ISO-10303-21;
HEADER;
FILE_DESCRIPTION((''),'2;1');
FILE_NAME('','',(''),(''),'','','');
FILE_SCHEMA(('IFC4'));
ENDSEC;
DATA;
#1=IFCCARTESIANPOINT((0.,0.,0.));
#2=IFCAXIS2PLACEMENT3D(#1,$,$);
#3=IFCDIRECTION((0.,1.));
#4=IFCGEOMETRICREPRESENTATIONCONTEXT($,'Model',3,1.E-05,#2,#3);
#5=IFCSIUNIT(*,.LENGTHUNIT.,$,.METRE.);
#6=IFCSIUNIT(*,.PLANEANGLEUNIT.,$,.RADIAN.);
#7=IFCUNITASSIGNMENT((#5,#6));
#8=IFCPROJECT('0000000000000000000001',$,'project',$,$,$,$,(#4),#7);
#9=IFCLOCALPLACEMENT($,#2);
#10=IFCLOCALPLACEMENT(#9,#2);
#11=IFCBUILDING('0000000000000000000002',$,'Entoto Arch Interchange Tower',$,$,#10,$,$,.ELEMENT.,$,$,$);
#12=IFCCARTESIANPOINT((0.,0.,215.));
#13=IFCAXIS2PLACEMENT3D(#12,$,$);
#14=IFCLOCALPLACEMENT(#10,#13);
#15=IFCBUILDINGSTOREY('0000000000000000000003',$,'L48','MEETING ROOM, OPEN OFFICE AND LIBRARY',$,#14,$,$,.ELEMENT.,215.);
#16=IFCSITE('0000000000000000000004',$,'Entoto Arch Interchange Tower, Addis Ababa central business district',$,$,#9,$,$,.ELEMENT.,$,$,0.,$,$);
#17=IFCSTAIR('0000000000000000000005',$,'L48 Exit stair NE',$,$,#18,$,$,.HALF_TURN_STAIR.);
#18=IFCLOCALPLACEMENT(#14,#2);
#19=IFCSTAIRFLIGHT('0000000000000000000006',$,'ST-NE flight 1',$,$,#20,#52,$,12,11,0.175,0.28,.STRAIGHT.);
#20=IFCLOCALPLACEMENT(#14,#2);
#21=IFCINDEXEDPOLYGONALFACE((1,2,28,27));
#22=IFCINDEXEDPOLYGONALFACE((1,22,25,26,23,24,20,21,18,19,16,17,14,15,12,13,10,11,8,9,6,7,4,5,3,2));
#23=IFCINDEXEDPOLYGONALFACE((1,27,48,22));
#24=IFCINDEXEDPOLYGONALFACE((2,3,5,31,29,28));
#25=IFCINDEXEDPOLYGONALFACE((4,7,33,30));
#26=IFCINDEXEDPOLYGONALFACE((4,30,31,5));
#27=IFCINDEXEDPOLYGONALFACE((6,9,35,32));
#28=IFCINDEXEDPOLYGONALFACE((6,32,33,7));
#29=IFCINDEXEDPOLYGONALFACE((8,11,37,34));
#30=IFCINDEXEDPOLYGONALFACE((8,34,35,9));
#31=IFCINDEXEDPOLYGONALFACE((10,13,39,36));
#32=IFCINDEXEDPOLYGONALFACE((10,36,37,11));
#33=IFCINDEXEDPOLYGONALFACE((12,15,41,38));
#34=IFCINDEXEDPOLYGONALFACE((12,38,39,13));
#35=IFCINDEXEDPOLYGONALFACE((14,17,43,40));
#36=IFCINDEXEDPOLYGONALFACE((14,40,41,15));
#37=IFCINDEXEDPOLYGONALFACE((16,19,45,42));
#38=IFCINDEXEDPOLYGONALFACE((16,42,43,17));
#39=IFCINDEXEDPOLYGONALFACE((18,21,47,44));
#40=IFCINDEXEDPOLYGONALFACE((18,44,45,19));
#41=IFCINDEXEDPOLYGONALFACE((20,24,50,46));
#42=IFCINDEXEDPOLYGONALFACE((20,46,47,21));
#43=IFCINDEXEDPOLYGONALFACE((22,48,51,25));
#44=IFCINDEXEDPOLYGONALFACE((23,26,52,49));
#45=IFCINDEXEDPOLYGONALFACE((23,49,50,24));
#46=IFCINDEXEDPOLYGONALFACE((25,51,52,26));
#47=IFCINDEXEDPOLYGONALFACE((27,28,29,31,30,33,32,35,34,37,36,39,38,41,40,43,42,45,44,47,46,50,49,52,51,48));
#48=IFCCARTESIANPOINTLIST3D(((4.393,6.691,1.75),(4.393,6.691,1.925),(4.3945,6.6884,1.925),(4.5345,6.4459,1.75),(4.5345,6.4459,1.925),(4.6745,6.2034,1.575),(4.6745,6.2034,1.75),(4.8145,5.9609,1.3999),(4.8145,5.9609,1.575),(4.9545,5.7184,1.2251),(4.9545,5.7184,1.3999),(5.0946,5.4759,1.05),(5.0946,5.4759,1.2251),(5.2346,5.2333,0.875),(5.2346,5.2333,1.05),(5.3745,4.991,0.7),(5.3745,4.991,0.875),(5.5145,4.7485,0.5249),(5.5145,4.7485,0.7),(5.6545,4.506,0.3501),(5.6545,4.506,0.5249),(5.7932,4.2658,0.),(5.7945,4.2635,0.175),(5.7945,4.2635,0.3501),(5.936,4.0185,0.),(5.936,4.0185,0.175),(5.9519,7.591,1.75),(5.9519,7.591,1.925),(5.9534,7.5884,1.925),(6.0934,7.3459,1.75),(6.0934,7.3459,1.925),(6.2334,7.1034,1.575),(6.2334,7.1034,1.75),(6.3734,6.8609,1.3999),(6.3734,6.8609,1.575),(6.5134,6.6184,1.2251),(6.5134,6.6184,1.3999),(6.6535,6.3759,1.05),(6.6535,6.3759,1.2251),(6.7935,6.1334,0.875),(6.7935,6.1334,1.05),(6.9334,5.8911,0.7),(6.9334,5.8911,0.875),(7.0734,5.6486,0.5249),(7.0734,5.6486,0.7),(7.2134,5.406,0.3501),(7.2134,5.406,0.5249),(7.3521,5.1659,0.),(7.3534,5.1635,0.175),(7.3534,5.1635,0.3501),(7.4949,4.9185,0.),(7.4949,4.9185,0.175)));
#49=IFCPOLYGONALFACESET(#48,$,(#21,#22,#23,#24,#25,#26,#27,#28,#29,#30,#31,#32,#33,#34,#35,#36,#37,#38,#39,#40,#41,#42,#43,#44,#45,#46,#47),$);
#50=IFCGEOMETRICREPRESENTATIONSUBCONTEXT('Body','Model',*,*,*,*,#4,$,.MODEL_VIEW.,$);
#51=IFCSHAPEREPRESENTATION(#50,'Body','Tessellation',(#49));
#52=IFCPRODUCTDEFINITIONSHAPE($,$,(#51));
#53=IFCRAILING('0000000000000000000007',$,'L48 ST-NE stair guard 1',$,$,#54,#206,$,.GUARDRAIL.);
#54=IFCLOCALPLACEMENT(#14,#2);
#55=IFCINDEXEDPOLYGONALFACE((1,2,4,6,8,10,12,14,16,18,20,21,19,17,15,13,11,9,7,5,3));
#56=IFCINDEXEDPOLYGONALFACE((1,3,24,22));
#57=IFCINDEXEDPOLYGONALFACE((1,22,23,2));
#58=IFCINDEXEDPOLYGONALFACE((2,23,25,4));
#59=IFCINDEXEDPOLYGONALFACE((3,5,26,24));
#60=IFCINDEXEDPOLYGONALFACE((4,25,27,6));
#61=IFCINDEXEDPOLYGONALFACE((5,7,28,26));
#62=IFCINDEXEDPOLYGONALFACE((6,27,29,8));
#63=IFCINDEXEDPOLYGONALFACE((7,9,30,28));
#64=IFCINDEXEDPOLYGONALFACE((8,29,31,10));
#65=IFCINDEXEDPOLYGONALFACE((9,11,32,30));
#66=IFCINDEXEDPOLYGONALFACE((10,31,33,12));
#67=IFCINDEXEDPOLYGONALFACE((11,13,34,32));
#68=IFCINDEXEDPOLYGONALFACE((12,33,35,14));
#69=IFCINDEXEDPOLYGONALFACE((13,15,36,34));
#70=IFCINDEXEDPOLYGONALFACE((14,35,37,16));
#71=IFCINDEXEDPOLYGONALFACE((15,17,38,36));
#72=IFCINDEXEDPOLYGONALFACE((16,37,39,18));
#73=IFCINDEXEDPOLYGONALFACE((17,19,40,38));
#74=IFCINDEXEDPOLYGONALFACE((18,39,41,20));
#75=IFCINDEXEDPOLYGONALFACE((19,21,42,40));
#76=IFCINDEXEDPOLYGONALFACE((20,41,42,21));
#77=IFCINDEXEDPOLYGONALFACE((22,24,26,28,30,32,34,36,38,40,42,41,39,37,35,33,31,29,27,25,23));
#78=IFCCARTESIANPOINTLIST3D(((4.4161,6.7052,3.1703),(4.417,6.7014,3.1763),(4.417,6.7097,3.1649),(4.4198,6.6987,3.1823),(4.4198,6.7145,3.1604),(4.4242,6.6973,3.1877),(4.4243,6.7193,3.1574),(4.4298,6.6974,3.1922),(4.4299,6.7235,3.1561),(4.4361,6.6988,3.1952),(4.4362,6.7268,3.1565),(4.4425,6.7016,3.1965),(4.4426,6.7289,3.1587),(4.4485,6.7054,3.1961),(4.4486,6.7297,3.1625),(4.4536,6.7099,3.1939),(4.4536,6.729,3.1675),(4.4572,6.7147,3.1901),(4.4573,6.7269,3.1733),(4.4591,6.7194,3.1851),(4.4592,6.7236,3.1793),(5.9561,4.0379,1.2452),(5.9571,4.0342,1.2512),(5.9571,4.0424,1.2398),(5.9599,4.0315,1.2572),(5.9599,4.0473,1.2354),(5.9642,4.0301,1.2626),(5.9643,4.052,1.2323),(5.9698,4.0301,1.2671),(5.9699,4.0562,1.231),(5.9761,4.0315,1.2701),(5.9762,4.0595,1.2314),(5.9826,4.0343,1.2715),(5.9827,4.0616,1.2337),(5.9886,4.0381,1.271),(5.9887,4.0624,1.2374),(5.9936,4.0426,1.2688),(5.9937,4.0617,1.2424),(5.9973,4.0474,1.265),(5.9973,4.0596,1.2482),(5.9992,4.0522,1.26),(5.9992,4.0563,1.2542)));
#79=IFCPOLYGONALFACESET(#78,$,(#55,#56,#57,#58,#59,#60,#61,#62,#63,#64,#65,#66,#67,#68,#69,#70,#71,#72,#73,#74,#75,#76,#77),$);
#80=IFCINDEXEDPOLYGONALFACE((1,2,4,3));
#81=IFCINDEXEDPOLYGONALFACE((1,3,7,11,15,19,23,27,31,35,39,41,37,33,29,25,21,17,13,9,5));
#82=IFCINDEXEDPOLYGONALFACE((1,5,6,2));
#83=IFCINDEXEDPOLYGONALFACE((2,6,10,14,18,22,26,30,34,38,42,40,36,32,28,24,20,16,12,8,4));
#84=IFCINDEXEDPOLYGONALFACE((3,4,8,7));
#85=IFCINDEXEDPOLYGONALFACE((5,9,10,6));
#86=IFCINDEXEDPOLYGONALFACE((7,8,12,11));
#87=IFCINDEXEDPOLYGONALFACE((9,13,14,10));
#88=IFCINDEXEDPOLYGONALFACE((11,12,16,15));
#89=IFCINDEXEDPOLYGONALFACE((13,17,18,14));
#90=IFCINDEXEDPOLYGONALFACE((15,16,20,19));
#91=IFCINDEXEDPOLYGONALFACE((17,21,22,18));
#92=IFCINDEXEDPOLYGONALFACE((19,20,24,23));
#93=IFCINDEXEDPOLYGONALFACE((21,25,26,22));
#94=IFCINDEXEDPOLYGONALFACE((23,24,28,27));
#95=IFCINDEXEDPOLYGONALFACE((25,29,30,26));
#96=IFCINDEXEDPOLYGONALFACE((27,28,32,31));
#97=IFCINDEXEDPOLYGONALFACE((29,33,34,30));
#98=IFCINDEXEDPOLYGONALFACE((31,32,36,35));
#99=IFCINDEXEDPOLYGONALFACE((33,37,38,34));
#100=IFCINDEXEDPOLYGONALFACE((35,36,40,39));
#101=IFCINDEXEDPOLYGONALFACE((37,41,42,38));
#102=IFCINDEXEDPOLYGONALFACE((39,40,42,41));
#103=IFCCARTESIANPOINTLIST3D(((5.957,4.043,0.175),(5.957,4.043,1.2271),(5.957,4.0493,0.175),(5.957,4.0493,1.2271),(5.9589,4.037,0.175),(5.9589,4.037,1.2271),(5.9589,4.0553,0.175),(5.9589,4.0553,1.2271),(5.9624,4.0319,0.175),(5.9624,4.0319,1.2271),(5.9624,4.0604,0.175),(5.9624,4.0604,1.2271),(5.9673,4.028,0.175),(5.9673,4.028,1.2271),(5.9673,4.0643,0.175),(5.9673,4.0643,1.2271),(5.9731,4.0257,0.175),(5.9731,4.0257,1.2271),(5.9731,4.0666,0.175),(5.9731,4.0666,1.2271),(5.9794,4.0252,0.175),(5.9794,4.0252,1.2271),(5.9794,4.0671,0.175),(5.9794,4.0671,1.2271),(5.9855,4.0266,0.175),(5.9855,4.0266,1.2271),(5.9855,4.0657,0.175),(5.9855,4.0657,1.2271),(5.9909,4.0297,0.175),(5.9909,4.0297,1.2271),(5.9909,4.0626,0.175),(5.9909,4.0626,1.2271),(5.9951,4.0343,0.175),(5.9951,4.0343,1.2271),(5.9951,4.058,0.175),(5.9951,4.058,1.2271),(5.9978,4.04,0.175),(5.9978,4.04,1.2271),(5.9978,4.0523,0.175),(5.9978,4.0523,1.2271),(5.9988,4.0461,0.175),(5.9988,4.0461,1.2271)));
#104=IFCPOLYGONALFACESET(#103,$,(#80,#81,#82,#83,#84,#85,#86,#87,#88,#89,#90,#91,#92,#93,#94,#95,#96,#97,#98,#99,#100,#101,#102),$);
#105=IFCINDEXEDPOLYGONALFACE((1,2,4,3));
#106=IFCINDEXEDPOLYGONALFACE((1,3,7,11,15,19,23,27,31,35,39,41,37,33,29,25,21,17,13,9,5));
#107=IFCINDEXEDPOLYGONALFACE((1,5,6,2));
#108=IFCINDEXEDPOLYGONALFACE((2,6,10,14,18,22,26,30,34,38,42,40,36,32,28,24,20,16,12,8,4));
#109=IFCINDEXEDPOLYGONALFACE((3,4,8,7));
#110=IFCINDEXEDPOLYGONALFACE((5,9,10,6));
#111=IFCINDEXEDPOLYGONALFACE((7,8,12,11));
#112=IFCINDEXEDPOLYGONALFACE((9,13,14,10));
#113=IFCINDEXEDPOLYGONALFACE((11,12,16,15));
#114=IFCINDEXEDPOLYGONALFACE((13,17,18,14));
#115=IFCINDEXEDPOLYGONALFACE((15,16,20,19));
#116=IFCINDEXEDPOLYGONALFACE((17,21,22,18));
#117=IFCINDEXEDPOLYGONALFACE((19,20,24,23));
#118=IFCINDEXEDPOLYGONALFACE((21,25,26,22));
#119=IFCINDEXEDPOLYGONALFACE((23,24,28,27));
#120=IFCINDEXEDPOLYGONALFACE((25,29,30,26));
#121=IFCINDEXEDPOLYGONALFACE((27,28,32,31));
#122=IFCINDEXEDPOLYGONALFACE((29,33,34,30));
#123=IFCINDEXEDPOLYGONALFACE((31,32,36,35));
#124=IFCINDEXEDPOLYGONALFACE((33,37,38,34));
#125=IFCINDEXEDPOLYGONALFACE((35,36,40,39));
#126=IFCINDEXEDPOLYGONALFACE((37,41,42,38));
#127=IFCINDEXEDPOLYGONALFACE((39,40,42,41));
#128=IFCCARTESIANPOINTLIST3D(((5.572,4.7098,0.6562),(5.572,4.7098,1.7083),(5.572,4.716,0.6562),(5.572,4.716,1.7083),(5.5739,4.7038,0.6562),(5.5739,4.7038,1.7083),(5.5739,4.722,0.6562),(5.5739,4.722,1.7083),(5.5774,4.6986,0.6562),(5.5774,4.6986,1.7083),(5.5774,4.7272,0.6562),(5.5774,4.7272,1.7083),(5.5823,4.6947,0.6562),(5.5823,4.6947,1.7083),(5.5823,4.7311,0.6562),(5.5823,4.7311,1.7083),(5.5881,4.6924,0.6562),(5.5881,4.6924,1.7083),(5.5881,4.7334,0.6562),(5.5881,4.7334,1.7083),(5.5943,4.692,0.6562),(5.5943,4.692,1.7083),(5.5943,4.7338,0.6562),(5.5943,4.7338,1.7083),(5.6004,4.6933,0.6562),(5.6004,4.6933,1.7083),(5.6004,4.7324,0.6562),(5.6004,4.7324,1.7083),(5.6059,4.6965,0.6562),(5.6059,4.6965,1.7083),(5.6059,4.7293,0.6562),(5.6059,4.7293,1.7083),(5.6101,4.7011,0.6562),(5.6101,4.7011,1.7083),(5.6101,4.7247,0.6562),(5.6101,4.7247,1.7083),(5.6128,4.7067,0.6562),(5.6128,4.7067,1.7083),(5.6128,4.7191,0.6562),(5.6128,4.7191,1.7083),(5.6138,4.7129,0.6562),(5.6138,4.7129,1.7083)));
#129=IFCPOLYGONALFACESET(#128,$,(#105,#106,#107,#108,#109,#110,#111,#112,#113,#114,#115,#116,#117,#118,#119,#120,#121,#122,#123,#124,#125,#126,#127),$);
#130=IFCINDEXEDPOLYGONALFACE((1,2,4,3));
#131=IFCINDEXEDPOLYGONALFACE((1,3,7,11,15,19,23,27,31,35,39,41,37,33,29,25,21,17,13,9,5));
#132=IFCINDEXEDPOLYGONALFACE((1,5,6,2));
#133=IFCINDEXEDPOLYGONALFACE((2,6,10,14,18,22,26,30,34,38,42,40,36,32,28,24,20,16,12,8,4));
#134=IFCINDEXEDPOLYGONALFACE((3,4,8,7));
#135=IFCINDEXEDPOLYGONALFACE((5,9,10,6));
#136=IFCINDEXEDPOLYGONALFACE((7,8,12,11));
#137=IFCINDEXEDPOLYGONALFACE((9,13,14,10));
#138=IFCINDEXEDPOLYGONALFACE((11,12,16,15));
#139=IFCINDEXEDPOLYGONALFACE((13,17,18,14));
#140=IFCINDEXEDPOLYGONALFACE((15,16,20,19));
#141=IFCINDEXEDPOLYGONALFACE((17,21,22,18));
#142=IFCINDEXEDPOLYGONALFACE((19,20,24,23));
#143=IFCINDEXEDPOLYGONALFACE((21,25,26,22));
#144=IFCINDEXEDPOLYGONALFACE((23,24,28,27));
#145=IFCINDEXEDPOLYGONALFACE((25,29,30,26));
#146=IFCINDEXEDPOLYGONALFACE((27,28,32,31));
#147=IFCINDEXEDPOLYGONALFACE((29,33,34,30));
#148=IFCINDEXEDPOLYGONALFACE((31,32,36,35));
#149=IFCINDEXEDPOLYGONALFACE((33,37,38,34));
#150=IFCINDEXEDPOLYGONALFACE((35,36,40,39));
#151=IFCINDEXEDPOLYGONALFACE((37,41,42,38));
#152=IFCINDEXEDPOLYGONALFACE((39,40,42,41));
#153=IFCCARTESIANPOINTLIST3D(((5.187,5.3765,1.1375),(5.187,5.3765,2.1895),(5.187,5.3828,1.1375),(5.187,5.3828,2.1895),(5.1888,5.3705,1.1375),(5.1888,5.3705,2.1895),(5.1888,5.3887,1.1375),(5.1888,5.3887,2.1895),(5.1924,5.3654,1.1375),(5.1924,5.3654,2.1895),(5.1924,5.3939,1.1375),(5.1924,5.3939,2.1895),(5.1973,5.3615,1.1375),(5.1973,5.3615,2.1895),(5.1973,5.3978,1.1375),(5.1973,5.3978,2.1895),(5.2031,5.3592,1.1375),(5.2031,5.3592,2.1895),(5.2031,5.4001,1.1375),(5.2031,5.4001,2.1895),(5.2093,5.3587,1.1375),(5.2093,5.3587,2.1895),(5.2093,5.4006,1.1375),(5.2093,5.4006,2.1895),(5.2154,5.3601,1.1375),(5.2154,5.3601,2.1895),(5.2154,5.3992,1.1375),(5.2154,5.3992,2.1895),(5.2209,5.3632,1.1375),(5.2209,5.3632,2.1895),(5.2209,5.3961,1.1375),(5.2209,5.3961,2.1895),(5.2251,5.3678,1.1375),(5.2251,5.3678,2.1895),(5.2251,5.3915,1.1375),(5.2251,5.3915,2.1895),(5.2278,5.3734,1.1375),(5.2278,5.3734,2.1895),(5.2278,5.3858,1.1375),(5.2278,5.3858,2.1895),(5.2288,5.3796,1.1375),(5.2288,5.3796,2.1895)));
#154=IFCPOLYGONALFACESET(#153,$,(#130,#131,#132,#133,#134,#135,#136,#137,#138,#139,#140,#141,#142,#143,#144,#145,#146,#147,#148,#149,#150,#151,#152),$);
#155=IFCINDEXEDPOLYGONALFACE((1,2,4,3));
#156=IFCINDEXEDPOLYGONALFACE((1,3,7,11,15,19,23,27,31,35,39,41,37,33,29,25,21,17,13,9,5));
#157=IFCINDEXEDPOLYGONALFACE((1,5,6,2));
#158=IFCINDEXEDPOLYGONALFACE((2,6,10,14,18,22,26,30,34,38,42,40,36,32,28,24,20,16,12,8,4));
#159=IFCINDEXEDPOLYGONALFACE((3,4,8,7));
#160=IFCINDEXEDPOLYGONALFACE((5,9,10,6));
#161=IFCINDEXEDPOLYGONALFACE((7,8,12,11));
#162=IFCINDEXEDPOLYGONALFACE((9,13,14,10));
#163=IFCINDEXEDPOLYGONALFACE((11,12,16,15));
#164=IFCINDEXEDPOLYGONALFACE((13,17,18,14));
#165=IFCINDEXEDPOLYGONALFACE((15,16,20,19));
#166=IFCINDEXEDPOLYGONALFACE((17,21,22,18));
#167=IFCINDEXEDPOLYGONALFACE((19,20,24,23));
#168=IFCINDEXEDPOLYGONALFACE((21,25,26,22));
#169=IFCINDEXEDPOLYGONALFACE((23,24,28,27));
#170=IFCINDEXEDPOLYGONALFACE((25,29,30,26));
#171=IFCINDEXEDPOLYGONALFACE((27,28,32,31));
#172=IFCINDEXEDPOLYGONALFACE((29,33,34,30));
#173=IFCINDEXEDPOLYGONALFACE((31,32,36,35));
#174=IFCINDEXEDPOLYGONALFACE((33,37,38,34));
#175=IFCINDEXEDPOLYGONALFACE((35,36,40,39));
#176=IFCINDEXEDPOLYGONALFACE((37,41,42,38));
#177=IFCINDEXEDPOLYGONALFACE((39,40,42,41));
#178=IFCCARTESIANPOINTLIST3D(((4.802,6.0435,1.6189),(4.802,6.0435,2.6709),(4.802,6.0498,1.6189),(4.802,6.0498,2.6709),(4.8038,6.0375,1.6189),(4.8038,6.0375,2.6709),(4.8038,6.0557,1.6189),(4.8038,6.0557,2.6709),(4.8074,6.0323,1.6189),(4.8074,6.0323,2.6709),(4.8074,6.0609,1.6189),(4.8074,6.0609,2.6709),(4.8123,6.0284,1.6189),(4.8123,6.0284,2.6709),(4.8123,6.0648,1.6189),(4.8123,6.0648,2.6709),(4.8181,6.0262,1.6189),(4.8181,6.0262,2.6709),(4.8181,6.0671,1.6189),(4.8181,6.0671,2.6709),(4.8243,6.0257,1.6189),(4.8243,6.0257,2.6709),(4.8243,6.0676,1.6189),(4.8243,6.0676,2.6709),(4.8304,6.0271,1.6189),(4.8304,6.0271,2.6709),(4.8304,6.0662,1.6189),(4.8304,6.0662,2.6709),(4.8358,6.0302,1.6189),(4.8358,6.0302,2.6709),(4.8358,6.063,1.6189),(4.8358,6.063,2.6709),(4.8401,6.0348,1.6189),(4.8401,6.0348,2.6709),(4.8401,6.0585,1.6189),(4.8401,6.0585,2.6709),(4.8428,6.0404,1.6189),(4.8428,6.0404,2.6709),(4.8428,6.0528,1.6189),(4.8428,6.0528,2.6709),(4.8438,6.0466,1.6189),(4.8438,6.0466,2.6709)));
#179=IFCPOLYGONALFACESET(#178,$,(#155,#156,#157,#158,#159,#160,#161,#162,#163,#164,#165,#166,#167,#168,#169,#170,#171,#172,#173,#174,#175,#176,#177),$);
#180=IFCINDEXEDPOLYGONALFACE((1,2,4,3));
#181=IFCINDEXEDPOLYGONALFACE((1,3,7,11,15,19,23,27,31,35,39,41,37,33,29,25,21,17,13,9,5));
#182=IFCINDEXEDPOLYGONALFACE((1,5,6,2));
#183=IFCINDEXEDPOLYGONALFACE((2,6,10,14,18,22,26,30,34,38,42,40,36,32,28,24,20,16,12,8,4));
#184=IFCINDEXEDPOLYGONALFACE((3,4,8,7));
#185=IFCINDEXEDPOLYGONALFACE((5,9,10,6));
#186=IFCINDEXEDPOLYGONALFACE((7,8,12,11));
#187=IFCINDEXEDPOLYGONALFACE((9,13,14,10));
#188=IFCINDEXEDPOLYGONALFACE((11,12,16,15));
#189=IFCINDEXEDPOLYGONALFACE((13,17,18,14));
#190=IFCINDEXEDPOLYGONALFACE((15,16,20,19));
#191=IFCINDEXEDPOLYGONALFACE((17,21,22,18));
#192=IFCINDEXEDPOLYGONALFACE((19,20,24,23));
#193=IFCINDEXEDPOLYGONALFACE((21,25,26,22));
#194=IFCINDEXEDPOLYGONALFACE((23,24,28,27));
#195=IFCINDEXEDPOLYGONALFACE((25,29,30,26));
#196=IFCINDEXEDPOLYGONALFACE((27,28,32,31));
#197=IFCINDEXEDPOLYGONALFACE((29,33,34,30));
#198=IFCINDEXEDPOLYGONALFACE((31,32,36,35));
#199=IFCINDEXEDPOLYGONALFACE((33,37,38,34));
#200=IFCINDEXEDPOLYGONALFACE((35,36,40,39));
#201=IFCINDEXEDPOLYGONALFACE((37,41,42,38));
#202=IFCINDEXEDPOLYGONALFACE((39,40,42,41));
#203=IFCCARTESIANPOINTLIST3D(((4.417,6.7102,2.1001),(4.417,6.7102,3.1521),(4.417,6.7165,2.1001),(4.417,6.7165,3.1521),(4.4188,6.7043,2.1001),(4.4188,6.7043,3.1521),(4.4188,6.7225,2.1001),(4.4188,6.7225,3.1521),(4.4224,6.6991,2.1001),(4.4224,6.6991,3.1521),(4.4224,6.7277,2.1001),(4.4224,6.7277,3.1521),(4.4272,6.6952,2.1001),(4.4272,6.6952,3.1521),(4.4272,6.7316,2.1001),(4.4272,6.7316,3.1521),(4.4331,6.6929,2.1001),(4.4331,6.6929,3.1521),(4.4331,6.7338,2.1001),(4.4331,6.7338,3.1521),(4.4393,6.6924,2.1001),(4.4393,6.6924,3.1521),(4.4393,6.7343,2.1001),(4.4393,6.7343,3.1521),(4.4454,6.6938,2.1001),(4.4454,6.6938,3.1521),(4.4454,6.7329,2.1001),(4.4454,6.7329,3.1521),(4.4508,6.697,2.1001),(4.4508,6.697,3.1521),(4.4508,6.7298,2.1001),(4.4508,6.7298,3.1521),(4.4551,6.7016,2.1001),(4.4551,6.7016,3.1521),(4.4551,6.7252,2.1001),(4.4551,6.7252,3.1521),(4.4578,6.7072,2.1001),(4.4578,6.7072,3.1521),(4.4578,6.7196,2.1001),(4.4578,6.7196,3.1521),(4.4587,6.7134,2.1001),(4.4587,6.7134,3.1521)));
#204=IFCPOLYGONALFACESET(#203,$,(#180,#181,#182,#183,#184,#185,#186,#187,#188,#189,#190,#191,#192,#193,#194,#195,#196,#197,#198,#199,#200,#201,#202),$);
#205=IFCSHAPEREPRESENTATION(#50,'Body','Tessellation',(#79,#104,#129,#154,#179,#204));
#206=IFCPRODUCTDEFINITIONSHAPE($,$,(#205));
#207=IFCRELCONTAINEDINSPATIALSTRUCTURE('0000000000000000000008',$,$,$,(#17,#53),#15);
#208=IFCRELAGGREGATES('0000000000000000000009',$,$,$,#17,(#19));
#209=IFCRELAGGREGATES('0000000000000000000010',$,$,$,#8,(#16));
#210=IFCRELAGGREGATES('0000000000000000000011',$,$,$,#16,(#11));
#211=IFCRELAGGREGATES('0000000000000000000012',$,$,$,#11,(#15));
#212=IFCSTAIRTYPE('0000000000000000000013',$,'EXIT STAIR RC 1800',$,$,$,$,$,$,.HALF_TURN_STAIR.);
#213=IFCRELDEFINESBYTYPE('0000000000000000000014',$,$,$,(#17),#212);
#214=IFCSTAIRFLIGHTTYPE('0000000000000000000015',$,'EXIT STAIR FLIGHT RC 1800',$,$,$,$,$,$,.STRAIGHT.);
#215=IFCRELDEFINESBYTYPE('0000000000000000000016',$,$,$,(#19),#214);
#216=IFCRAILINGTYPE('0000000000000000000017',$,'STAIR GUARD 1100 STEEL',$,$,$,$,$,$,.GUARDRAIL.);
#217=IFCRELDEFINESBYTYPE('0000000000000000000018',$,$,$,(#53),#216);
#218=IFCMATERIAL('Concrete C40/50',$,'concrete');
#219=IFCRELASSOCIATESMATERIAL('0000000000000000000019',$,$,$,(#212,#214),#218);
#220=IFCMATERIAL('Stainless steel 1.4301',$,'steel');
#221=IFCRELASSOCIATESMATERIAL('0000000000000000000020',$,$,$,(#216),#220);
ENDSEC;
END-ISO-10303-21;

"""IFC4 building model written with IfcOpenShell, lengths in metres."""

from ifc_helpers import new_model, si_unit, direction, frame, origin, origin_2d, place, context, subcontext, project, spatial, polyline, circle, outline, extrude, material, type_object, element, aggregate, save


model = new_model("IFC4")

# Units and contexts
model_context = context("Model", 3, precision=1e-05, world=origin(), true_north=direction((0.0, 1.0)))
body_context = subcontext(model_context, "Body", "Model", "MODEL_VIEW")
ifc_project = project(units=[si_unit("LENGTHUNIT", "METRE"), si_unit("PLANEANGLEUNIT", "RADIAN")], contexts=[model_context])

# Site, building, storey
site_placement = place(None, origin())
site = spatial("IfcSite", under=ifc_project, at=site_placement, Name="Entoto Arch Interchange Tower, Addis Ababa central business district", CompositionType="ELEMENT", RefElevation=0.0)
building_placement = place(site_placement, origin())
building = spatial("IfcBuilding", under=site, at=building_placement, Name="Entoto Arch Interchange Tower", CompositionType="ELEMENT")
storey_placement = place(building_placement, frame((0.0, 0.0, 215.0)))
storey = spatial("IfcBuildingStorey", under=building, at=storey_placement, Name="L48", Description="MEETING ROOM, OPEN OFFICE AND LIBRARY", CompositionType="ELEMENT", Elevation=215.0)

# Shared definitions
ifc_material_1 = material(Name="Concrete C40/50", Category="concrete")

# Stair, stair flight
stair_type = type_object("IfcStairType", Name="EXIT STAIR RC 1800", PredefinedType="HALF_TURN_STAIR", material=ifc_material_1)
stair_placement = place(storey_placement, origin())
stair = element("IfcStair", 1, at=stair_placement, inside=storey, type_object=stair_type, Name="L48 Exit stair NE", PredefinedType="HALF_TURN_STAIR")
stair_flight_type = type_object("IfcStairFlightType", Name="EXIT STAIR FLIGHT RC 1800", PredefinedType="STRAIGHT", material=ifc_material_1)
stair_flight_placement = place(storey_placement, frame((6.7139, 4.4709, 0.0), z_axis=(0.0, 0.0, 1.0), x_axis=(-0.5, 0.866025, 0.0)))
stair_flight = element("IfcStairFlight", 2, at=stair_flight_placement, type_object=stair_flight_type, Name="ST-NE flight 1", NumberOfRisers=12, NumberOfTreads=11, PredefinedType="STRAIGHT", RiserHeight=0.175, TreadLength=0.28, context=body_context, shape_type="SweptSolid", body=[
    extrude(outline(polyline([(-0.0029, 0.0), (-0.0029, 0.175), (0.28, 0.175), (0.28, 0.3501), (0.5601, 0.3501), (0.5601, 0.5249), (0.8401, 0.5249), (0.8401, 0.7), (1.1201, 0.7), (1.1201, 0.875), (1.3999, 0.875), (1.3999, 1.05), (1.6799, 1.05), (1.6799, 1.2251), (1.96, 1.2251), (1.96, 1.3999), (2.24, 1.3999), (2.24, 1.575), (2.52, 1.575), (2.52, 1.75), (2.8, 1.75), (2.8, 1.925), (3.0801, 1.925), (3.083, 1.925), (3.083, 1.75), (0.2827, 0.0), (-0.0029, 0.0)])), frame((0.0, 0.8999, 0.0), z_axis=(0.0, -1.0, 0.0), x_axis=(1.0, 0.0, 0.0)), (0.0, 0.0, 1.0), 1.8),
])
aggregate(stair, [stair_flight])

# Railing
ifc_material_2 = material(Name="Stainless steel 1.4301", Category="steel")
railing_type_1 = type_object("IfcRailingType", Name="STAIR GUARD 1100 STEEL", PredefinedType="GUARDRAIL", material=ifc_material_2)
railing_1_placement = place(storey_placement, frame((5.9778, 4.0461, 0.175)))
element("IfcRailing", 3, at=railing_1_placement, inside=storey, type_object=railing_type_1, Name="L48 ST-NE stair guard 1", PredefinedType="GUARDRAIL", context=body_context, shape_type="SweptSolid", body=[
    extrude(circle(Radius=0.0239, at=origin_2d()), frame((0.0, 0.0, 1.0762), z_axis=(-0.424015, 0.734364, 0.530019), x_axis=(-0.86601, -0.500027, 0.0)), (0.0, 0.0, 1.0), 3.6321),
    extrude(circle(Radius=0.021, at=origin_2d()), origin(), (0.0, 0.0, 1.0), 1.052),
    extrude(circle(Radius=0.021, at=origin_2d()), frame((-0.385, 0.6667, 0.4812)), (0.0, 0.0, 1.0), 1.052),
    extrude(circle(Radius=0.021, at=origin_2d()), frame((-0.77, 1.3335, 0.9624)), (0.0, 0.0, 1.0), 1.052),
    extrude(circle(Radius=0.021, at=origin_2d()), frame((-1.155, 2.0005, 1.4438)), (0.0, 0.0, 1.0), 1.052),
    extrude(circle(Radius=0.021, at=origin_2d()), frame((-1.54, 2.6672, 1.925)), (0.0, 0.0, 1.0), 1.052),
])

save(model, "model.ifc")
